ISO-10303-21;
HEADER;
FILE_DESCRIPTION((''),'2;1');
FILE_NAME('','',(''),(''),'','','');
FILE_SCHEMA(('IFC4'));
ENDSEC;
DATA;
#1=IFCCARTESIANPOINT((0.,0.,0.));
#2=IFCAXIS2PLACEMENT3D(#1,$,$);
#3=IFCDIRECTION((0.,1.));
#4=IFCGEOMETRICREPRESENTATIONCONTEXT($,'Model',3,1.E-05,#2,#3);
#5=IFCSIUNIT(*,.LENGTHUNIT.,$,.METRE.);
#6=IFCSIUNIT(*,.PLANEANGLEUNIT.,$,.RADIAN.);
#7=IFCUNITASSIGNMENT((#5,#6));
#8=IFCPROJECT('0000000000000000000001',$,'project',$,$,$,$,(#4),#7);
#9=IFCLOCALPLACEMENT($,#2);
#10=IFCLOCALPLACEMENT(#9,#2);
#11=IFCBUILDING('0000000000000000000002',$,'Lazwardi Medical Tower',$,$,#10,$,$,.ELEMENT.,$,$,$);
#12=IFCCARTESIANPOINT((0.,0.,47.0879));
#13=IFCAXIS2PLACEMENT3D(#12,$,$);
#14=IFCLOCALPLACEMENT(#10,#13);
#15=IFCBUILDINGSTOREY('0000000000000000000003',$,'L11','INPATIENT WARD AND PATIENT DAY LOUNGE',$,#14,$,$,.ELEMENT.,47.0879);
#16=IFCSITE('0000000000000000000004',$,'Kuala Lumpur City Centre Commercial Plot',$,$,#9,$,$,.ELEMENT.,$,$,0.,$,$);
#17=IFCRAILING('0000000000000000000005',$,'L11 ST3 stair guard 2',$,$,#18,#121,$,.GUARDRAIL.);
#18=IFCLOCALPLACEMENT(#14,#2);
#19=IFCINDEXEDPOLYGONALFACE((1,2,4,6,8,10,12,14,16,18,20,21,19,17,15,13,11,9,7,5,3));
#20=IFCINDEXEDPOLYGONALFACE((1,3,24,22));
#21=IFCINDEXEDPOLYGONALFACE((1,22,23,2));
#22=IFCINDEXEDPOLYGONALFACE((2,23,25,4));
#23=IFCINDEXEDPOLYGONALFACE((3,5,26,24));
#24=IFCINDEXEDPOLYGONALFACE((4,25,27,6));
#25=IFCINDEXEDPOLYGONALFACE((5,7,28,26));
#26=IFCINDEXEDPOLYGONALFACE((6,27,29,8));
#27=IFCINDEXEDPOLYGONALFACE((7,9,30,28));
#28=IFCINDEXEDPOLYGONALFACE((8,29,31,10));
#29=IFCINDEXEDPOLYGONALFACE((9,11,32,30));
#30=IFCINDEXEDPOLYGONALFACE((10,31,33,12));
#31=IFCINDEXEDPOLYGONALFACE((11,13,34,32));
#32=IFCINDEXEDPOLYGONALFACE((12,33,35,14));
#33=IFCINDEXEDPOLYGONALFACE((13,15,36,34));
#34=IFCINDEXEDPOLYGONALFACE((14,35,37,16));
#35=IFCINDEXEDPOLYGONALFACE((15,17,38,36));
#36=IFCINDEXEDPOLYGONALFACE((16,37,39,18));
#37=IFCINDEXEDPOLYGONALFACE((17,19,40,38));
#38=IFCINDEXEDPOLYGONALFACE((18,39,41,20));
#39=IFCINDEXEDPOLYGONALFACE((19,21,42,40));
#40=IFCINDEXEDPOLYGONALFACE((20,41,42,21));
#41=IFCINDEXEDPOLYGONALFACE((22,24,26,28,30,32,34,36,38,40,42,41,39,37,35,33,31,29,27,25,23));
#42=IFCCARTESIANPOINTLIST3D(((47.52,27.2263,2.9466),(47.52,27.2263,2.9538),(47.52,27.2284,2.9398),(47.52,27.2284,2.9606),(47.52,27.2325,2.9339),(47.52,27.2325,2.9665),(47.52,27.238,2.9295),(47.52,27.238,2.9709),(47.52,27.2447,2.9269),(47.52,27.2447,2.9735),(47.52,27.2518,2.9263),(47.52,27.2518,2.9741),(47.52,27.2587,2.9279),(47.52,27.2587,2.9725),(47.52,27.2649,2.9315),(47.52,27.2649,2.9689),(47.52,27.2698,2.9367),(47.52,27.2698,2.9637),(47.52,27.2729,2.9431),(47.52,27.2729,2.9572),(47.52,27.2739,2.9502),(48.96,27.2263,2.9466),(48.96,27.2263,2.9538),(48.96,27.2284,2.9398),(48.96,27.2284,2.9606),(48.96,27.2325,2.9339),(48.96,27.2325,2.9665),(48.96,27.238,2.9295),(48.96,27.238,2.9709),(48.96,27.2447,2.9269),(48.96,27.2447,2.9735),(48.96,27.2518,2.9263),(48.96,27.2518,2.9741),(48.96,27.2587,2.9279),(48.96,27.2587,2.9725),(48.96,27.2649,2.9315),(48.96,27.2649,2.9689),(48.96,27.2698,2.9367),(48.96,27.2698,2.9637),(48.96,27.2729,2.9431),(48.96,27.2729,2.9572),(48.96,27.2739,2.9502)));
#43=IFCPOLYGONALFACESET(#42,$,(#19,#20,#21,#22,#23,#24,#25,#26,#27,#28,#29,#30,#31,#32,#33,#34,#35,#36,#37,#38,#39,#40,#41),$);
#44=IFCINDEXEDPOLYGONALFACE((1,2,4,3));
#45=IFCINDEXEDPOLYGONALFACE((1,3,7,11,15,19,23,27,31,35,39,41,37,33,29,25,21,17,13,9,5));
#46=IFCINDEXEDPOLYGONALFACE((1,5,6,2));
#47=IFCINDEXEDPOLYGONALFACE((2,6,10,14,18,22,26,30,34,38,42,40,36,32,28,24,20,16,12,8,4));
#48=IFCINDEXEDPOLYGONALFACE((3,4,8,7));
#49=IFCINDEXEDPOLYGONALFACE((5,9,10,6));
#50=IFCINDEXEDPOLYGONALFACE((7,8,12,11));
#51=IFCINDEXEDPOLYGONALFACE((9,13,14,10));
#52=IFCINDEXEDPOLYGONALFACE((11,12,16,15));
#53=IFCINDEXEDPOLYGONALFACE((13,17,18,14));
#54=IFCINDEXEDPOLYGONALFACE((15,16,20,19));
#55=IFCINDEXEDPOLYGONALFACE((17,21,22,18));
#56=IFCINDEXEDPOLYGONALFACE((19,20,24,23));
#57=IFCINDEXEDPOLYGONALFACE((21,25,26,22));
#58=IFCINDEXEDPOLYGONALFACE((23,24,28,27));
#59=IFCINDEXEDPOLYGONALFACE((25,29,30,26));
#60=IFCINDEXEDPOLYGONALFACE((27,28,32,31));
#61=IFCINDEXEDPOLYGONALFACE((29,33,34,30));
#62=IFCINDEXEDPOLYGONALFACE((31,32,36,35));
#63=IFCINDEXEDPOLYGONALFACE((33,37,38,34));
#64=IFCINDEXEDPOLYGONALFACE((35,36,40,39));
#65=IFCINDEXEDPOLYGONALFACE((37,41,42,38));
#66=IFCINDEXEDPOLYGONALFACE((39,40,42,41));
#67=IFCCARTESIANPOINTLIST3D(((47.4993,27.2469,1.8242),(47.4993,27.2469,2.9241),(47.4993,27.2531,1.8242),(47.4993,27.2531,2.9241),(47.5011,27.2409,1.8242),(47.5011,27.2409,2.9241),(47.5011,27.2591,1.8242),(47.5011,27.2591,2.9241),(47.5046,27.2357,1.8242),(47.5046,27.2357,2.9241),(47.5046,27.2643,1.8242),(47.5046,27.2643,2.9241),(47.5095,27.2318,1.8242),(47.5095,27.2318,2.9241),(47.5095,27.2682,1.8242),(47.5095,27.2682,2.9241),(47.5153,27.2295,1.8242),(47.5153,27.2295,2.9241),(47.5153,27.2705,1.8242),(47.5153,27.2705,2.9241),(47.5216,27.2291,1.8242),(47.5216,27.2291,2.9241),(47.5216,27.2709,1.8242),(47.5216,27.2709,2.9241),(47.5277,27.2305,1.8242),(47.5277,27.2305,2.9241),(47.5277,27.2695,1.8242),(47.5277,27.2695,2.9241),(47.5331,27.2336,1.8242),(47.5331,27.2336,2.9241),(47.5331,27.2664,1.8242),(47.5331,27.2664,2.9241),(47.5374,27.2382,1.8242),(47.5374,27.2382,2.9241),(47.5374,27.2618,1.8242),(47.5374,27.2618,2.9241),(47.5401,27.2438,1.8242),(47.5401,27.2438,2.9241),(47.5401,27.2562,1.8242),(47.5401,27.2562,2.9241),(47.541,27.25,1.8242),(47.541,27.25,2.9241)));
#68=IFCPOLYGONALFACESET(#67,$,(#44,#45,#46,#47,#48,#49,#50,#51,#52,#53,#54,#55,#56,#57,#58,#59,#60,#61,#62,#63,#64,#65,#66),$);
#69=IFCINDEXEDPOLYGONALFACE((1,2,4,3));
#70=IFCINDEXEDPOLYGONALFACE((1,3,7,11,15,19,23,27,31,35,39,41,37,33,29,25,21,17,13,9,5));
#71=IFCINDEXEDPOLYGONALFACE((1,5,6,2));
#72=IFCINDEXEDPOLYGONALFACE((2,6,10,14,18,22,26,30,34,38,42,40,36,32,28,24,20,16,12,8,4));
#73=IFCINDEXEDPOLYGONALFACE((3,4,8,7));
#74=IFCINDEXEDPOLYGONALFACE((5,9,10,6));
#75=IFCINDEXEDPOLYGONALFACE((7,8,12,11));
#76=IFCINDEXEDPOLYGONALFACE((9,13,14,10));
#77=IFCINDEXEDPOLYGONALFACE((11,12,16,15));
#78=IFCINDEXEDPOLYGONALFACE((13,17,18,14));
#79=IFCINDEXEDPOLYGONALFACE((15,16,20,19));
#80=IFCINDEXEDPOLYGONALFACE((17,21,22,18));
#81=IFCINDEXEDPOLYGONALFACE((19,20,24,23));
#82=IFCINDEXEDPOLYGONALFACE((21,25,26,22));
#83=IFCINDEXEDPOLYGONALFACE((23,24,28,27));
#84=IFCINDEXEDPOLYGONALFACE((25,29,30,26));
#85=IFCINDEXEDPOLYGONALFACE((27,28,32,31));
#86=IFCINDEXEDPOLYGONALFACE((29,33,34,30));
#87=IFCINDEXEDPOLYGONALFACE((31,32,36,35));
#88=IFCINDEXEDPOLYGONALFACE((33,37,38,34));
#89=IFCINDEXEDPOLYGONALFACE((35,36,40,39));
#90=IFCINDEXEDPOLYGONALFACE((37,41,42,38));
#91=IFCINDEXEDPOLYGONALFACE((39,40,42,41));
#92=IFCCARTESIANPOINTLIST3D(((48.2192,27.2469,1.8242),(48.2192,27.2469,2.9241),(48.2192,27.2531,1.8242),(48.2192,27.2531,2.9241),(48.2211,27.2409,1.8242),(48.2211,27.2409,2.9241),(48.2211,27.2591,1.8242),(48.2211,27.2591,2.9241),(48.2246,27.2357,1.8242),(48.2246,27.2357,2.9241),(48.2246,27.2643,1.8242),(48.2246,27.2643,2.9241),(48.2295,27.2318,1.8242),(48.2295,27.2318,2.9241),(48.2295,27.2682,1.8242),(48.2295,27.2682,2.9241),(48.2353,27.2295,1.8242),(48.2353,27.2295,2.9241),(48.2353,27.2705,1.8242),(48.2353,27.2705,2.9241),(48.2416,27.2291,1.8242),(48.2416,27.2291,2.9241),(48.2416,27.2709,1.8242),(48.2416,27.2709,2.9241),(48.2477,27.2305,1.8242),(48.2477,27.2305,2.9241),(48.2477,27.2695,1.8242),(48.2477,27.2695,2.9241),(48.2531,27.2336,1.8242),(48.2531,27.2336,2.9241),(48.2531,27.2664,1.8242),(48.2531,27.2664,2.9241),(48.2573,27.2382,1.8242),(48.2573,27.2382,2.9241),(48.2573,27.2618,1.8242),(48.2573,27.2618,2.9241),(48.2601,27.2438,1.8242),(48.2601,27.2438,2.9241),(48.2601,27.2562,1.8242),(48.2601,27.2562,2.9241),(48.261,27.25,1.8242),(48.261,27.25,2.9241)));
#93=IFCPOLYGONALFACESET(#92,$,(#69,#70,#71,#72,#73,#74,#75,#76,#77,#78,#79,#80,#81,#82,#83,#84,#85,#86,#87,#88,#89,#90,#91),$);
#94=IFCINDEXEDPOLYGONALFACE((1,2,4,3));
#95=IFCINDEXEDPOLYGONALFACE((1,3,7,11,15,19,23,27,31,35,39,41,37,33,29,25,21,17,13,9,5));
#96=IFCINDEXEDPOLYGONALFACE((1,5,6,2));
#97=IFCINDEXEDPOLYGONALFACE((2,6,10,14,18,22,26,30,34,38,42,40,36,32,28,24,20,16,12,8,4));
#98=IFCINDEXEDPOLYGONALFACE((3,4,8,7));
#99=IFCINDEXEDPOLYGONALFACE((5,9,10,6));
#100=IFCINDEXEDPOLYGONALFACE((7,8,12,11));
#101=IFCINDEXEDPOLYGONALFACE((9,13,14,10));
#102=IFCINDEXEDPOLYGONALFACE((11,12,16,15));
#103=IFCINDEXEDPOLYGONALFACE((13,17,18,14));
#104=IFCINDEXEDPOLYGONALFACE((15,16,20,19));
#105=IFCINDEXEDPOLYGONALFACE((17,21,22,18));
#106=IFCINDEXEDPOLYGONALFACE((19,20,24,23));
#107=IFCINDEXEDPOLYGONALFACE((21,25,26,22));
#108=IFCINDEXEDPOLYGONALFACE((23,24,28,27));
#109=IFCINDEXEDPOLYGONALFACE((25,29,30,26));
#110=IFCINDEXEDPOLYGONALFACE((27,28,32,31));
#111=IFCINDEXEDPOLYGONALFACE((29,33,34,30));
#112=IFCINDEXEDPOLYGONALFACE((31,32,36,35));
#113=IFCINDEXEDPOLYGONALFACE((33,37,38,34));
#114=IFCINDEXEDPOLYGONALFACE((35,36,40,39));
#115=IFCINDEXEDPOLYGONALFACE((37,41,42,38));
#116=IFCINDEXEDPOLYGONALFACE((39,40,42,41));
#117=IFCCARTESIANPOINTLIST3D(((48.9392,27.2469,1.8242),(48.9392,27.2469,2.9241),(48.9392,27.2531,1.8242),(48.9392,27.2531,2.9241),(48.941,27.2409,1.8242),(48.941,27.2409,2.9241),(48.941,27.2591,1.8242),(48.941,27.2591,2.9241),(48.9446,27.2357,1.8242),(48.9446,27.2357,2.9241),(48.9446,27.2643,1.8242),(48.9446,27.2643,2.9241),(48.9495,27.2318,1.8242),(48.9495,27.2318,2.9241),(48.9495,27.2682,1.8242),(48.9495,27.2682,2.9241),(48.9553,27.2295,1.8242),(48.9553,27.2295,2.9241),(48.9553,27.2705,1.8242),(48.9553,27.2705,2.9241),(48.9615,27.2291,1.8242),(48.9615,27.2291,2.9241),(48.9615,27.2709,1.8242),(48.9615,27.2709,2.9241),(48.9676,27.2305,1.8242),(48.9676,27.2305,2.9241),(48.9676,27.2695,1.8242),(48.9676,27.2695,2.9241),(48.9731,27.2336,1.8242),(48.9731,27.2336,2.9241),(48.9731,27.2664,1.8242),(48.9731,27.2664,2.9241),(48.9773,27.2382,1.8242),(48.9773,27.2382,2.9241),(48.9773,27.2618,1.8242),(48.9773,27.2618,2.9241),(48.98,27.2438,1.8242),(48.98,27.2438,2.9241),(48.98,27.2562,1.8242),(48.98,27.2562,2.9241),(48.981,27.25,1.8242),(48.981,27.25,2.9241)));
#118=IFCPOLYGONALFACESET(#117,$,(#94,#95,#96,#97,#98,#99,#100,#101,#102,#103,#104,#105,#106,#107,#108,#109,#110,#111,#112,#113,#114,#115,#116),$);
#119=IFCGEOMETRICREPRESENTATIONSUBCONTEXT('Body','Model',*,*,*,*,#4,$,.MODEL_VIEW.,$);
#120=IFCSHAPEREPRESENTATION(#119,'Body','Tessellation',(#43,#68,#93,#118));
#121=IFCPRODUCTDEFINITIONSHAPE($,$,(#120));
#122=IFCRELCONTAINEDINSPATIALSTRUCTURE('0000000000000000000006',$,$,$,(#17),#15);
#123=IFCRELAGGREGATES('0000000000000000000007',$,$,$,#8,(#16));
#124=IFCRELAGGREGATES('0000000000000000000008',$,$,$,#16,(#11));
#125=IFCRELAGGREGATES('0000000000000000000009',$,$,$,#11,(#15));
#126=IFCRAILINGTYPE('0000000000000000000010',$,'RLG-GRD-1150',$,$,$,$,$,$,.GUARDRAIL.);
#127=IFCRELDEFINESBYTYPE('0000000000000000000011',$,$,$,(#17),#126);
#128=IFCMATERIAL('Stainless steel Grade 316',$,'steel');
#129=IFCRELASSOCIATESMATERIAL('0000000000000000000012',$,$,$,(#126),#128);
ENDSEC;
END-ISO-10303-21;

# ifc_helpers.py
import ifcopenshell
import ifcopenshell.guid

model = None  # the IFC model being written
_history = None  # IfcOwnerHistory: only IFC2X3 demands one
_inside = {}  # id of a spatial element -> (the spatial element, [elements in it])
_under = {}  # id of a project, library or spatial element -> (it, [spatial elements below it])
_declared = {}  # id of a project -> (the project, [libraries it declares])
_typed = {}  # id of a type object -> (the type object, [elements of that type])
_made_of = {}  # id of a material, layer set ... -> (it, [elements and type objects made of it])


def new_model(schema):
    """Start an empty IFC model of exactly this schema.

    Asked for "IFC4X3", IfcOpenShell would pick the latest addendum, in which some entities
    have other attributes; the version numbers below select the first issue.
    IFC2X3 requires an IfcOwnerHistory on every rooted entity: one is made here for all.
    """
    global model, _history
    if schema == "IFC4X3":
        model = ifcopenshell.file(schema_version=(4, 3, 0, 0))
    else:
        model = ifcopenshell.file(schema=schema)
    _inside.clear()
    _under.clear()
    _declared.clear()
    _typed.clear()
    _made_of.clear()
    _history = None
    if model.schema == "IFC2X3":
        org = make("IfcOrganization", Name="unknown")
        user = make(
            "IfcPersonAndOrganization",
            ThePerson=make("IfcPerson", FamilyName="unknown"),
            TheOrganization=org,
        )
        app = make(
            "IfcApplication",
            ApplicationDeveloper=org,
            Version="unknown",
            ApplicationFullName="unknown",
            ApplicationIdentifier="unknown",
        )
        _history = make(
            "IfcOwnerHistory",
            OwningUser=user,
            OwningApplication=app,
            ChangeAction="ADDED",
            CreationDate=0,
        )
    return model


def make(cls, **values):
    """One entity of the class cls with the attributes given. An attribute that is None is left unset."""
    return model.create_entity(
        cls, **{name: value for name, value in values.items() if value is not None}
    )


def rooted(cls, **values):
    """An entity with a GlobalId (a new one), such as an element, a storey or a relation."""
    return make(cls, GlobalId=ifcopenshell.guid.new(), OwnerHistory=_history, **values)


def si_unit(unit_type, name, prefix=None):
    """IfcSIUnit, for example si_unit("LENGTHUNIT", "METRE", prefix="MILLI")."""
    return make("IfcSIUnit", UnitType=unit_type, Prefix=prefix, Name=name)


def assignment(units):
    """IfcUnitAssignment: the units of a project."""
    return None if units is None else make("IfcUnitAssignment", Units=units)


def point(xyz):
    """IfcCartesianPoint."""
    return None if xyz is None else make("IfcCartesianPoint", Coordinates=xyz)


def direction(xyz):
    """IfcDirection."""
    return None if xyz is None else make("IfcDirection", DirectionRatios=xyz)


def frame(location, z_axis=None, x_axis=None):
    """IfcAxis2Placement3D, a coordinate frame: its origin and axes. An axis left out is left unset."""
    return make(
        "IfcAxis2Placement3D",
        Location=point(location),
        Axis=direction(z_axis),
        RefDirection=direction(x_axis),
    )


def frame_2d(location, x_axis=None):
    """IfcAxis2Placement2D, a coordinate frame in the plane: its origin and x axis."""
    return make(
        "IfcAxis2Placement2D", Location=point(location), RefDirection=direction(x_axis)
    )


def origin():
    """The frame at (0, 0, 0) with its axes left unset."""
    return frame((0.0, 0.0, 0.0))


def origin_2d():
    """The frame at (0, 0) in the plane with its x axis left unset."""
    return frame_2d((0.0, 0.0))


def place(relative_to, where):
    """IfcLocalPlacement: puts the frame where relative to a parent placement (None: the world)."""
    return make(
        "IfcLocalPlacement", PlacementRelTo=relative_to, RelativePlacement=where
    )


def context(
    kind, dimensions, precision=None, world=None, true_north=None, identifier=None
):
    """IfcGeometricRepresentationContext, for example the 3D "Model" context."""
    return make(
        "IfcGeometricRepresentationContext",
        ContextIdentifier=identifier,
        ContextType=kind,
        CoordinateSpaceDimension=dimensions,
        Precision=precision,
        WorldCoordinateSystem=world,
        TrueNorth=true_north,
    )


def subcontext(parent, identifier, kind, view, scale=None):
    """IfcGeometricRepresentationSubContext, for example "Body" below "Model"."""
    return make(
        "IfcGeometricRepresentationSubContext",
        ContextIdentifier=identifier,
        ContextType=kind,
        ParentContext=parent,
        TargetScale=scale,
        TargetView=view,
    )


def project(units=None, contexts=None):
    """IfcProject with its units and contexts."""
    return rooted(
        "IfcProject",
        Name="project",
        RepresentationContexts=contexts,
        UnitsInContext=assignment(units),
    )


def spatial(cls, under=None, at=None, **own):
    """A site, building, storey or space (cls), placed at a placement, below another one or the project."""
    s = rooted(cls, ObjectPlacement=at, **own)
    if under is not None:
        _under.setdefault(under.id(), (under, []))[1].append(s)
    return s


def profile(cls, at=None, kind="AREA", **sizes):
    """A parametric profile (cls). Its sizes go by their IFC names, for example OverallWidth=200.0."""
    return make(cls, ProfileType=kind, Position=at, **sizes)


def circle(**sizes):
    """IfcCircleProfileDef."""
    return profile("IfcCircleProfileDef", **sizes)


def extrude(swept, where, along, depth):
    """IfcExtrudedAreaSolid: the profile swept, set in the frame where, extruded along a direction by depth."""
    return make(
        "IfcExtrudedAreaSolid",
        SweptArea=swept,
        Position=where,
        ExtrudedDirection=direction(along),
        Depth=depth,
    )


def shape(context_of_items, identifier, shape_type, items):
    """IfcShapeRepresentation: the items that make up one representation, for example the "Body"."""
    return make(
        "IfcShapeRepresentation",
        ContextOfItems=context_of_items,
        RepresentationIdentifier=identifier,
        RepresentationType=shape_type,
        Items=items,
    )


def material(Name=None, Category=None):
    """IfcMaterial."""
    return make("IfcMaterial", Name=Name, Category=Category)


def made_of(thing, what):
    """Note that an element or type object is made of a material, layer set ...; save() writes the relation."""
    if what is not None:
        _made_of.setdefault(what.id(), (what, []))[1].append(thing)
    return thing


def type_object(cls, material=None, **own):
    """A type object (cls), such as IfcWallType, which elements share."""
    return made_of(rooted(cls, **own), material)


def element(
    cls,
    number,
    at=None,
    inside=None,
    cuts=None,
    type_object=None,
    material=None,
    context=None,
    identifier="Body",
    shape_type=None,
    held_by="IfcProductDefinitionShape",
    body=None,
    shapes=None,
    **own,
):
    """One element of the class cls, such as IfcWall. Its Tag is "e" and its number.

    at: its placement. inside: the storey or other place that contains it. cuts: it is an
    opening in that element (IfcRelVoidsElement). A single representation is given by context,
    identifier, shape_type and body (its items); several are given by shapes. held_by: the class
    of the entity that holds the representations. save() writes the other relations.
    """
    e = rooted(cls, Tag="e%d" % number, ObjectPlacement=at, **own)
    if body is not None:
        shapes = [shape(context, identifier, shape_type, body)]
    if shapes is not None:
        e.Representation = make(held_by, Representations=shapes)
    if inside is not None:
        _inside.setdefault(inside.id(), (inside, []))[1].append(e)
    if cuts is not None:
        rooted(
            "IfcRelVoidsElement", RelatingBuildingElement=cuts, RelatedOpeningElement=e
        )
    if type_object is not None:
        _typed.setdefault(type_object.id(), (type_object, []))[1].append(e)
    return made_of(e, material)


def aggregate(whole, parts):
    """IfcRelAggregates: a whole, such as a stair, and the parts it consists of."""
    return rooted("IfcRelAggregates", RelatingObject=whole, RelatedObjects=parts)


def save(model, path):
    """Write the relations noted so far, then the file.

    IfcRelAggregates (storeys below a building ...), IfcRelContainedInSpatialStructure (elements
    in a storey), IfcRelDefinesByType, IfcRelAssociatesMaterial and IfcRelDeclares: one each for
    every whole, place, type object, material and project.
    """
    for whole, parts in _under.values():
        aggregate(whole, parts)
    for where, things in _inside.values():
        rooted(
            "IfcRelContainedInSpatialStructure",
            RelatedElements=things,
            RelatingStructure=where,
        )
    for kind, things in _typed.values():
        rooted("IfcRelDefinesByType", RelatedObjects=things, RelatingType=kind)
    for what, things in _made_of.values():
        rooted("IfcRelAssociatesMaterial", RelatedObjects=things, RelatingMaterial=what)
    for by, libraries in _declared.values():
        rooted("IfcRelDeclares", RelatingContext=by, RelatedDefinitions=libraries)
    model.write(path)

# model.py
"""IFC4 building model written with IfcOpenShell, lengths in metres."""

from ifc_helpers import new_model, si_unit, direction, frame, origin, origin_2d, place, context, subcontext, project, spatial, circle, extrude, material, type_object, element, save


model = new_model("IFC4")

# Units and contexts
model_context = context("Model", 3, precision=1e-05, world=origin(), true_north=direction((0.0, 1.0)))
body_context = subcontext(model_context, "Body", "Model", "MODEL_VIEW")
ifc_project = project(units=[si_unit("LENGTHUNIT", "METRE"), si_unit("PLANEANGLEUNIT", "RADIAN")], contexts=[model_context])

# Site, building, storey
site_placement = place(None, origin())
site = spatial("IfcSite", under=ifc_project, at=site_placement, Name="Kuala Lumpur City Centre Commercial Plot", CompositionType="ELEMENT", RefElevation=0.0)
building_placement = place(site_placement, origin())
building = spatial("IfcBuilding", under=site, at=building_placement, Name="Lazwardi Medical Tower", CompositionType="ELEMENT")
storey_placement = place(building_placement, frame((0.0, 0.0, 47.0879)))
storey = spatial("IfcBuildingStorey", under=building, at=storey_placement, Name="L11", Description="INPATIENT WARD AND PATIENT DAY LOUNGE", CompositionType="ELEMENT", Elevation=47.0879)

# Railing
ifc_material_1 = material(Name="Stainless steel Grade 316", Category="steel")
railing_type_1 = type_object("IfcRailingType", Name="RLG-GRD-1150", PredefinedType="GUARDRAIL", material=ifc_material_1)
railing_1_placement = place(storey_placement, frame((47.52, 27.25, 1.8242)))
element("IfcRailing", 1, at=railing_1_placement, inside=storey, type_object=railing_type_1, Name="L11 ST3 stair guard 2", PredefinedType="GUARDRAIL", context=body_context, shape_type="SweptSolid", body=[
    extrude(circle(Radius=0.0239, at=origin_2d()), frame((0.0, 0.0, 1.126), z_axis=(1.0, 0.0, 0.0), x_axis=(0.0, 1.0, 0.0)), (0.0, 0.0, 1.0), 1.4399),
    extrude(circle(Radius=0.021, at=origin_2d()), origin(), (0.0, 0.0, 1.0), 1.0999),
    extrude(circle(Radius=0.021, at=origin_2d()), frame((0.72, 0.0, 0.0)), (0.0, 0.0, 1.0), 1.0999),
    extrude(circle(Radius=0.021, at=origin_2d()), frame((1.4399, 0.0, 0.0)), (0.0, 0.0, 1.0), 1.0999),
])

save(model, "model.ifc")
